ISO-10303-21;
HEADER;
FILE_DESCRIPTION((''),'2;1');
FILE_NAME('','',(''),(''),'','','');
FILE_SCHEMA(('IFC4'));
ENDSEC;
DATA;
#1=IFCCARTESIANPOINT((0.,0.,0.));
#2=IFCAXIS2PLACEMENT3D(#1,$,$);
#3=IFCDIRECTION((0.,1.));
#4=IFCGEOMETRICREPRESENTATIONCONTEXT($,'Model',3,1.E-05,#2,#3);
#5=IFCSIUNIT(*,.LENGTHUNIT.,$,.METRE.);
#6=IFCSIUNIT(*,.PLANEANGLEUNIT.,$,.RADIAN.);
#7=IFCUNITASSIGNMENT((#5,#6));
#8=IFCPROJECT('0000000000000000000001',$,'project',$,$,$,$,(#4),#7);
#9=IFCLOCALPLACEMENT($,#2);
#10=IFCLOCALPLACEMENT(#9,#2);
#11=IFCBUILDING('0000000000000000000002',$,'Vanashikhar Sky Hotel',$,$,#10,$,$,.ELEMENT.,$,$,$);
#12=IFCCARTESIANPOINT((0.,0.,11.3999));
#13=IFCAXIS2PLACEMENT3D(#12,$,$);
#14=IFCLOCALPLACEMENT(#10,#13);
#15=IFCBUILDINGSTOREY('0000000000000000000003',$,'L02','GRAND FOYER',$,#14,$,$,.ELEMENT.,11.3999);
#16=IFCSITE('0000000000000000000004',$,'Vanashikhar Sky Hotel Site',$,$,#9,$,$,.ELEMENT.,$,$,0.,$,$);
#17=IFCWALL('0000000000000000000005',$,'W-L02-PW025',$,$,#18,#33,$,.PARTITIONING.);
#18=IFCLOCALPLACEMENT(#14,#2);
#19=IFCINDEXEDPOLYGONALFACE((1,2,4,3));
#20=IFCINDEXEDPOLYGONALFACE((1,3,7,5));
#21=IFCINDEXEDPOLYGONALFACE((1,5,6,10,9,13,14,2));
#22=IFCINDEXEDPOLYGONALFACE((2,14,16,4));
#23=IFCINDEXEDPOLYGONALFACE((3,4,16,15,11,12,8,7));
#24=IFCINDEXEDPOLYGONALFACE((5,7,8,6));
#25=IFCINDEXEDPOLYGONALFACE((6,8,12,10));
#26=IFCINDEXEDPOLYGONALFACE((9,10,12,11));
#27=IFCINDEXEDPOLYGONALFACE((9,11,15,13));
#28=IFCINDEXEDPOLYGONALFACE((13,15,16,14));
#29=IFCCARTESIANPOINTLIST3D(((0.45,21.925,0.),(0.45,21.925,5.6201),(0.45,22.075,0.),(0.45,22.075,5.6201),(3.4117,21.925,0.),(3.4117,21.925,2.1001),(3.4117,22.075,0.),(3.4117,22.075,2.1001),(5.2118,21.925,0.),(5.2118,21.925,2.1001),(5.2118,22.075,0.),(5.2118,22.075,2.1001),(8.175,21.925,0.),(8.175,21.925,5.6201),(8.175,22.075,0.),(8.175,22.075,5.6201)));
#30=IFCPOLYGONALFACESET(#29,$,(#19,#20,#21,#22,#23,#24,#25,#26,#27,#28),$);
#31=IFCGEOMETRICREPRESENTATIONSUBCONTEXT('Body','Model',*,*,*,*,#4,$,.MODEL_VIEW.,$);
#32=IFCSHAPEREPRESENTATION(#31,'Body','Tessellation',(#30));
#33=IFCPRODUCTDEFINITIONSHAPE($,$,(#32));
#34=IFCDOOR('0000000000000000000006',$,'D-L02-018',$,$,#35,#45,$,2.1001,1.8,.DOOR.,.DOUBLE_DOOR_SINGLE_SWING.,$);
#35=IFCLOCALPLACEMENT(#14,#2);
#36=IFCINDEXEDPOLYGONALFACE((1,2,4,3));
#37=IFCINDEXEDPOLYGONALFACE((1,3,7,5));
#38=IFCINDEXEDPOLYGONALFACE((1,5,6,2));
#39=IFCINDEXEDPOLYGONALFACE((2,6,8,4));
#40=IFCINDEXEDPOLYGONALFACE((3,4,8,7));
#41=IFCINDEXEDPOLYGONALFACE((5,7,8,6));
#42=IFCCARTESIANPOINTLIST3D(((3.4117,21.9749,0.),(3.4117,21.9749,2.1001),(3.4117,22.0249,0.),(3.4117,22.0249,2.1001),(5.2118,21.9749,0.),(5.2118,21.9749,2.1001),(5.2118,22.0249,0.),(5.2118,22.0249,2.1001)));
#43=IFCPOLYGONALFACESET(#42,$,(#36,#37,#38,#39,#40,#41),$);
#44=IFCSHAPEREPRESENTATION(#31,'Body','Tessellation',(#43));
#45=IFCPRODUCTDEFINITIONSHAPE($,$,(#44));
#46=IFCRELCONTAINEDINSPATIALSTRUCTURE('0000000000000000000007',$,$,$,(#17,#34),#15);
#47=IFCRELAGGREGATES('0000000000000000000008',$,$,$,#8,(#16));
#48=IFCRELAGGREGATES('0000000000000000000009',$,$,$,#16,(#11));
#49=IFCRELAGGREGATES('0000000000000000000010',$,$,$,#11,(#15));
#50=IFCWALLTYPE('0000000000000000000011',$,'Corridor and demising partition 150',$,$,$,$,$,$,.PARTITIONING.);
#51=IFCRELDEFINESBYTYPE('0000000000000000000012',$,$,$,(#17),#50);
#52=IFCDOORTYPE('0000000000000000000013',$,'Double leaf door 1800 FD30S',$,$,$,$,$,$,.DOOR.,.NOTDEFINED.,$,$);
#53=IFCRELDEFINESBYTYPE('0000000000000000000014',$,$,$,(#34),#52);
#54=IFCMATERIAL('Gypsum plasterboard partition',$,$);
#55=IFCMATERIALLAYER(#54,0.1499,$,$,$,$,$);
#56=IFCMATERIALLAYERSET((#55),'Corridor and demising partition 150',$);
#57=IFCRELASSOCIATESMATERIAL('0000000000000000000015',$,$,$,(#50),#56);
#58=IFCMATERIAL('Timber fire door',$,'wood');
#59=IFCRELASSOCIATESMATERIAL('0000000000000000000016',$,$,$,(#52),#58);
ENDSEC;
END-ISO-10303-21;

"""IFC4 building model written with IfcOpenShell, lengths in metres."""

from ifc_helpers import new_model, si_unit, direction, frame, frame_2d, origin, place, context, subcontext, project, spatial, rectangle, extrude, source, transform, mapped, material, layer, layer_set, type_object, element, fill, save


model = new_model("IFC4")

# Units and contexts
model_context = context("Model", 3, precision=1e-05, world=origin(), true_north=direction((0.0, 1.0)))
body_context = subcontext(model_context, "Body", "Model", "MODEL_VIEW")
ifc_project = project(units=[si_unit("LENGTHUNIT", "METRE"), si_unit("PLANEANGLEUNIT", "RADIAN")], contexts=[model_context])

# Site, building, storey
site_placement = place(None, origin())
site = spatial("IfcSite", under=ifc_project, at=site_placement, Name="Vanashikhar Sky Hotel Site", CompositionType="ELEMENT", RefElevation=0.0)
building_placement = place(site_placement, origin())
building = spatial("IfcBuilding", under=site, at=building_placement, Name="Vanashikhar Sky Hotel", CompositionType="ELEMENT")
storey_placement = place(building_placement, frame((0.0, 0.0, 11.3999)))
storey = spatial("IfcBuildingStorey", under=building, at=storey_placement, Name="L02", Description="GRAND FOYER", CompositionType="ELEMENT", Elevation=11.3999)

# Wall, opening, door
ifc_material_1 = material(Name="Gypsum plasterboard partition")
ifc_layer_1 = layer(ifc_material_1, 0.1499)
ifc_layer_set_1 = layer_set([ifc_layer_1], Name="Corridor and demising partition 150")
wall_type_1 = type_object("IfcWallType", Name="Corridor and demising partition 150", PredefinedType="PARTITIONING", material=ifc_layer_set_1)
shared_shape_1 = source(origin(), body_context, "Body", "SweptSolid", [
    extrude(rectangle(XDim=7.7251, YDim=0.1499, at=frame_2d((3.8625, 0.0))), origin(), (0.0, 0.0, 1.0), 5.6201),
])
wall_1_placement = place(storey_placement, frame((0.45, 22.0, 0.0), z_axis=(0.0, 0.0, 1.0), x_axis=(1.0, 0.0, 0.0)))
wall_1 = element("IfcWall", 1, at=wall_1_placement, inside=storey, type_object=wall_type_1, Name="W-L02-PW025", PredefinedType="PARTITIONING", context=body_context, shape_type="MappedRepresentation", body=[
    mapped(shared_shape_1, transform((0.0, 0.0, 0.0), scale=1.0)),
])
shared_shape_2 = source(origin(), body_context, "Body", "SweptSolid", [
    extrude(rectangle(XDim=1.8, YDim=2.1001, at=frame_2d((0.8999, 1.05))), frame((0.0, 0.085, 0.0), z_axis=(0.0, -1.0, 0.0), x_axis=(1.0, 0.0, 0.0)), (0.0, 0.0, 1.0), 0.1699),
])
opening_1_placement = place(wall_1_placement, frame((2.9619, 0.0, 0.0)))
opening_1 = element("IfcOpeningElement", 2, at=opening_1_placement, cuts=wall_1, PredefinedType="OPENING", context=body_context, shape_type="MappedRepresentation", body=[
    mapped(shared_shape_2, transform((0.0, 0.0, 0.0), scale=1.0)),
])
ifc_material_2 = material(Name="Timber fire door", Category="wood")
door_type = type_object("IfcDoorType", Name="Double leaf door 1800 FD30S", OperationType="NOTDEFINED", PredefinedType="DOOR", material=ifc_material_2)
shared_shape_3 = source(origin(), body_context, "Body", "SweptSolid", [
    extrude(rectangle(XDim=1.8, YDim=2.1001, at=frame_2d((0.8999, 1.05))), frame((0.0, 0.0249, 0.0), z_axis=(0.0, -1.0, 0.0), x_axis=(1.0, 0.0, 0.0)), (0.0, 0.0, 1.0), 0.05),
])
door_placement = place(opening_1_placement, origin())
door = element("IfcDoor", 3, at=door_placement, inside=storey, type_object=door_type, Name="D-L02-018", OperationType="DOUBLE_DOOR_SINGLE_SWING", OverallHeight=2.1001, OverallWidth=1.8, PredefinedType="DOOR", context=body_context, shape_type="MappedRepresentation", body=[
    mapped(shared_shape_3, transform((0.0, 0.0, 0.0), scale=1.0)),
])
fill(opening_1, door)

save(model, "model.ifc")
